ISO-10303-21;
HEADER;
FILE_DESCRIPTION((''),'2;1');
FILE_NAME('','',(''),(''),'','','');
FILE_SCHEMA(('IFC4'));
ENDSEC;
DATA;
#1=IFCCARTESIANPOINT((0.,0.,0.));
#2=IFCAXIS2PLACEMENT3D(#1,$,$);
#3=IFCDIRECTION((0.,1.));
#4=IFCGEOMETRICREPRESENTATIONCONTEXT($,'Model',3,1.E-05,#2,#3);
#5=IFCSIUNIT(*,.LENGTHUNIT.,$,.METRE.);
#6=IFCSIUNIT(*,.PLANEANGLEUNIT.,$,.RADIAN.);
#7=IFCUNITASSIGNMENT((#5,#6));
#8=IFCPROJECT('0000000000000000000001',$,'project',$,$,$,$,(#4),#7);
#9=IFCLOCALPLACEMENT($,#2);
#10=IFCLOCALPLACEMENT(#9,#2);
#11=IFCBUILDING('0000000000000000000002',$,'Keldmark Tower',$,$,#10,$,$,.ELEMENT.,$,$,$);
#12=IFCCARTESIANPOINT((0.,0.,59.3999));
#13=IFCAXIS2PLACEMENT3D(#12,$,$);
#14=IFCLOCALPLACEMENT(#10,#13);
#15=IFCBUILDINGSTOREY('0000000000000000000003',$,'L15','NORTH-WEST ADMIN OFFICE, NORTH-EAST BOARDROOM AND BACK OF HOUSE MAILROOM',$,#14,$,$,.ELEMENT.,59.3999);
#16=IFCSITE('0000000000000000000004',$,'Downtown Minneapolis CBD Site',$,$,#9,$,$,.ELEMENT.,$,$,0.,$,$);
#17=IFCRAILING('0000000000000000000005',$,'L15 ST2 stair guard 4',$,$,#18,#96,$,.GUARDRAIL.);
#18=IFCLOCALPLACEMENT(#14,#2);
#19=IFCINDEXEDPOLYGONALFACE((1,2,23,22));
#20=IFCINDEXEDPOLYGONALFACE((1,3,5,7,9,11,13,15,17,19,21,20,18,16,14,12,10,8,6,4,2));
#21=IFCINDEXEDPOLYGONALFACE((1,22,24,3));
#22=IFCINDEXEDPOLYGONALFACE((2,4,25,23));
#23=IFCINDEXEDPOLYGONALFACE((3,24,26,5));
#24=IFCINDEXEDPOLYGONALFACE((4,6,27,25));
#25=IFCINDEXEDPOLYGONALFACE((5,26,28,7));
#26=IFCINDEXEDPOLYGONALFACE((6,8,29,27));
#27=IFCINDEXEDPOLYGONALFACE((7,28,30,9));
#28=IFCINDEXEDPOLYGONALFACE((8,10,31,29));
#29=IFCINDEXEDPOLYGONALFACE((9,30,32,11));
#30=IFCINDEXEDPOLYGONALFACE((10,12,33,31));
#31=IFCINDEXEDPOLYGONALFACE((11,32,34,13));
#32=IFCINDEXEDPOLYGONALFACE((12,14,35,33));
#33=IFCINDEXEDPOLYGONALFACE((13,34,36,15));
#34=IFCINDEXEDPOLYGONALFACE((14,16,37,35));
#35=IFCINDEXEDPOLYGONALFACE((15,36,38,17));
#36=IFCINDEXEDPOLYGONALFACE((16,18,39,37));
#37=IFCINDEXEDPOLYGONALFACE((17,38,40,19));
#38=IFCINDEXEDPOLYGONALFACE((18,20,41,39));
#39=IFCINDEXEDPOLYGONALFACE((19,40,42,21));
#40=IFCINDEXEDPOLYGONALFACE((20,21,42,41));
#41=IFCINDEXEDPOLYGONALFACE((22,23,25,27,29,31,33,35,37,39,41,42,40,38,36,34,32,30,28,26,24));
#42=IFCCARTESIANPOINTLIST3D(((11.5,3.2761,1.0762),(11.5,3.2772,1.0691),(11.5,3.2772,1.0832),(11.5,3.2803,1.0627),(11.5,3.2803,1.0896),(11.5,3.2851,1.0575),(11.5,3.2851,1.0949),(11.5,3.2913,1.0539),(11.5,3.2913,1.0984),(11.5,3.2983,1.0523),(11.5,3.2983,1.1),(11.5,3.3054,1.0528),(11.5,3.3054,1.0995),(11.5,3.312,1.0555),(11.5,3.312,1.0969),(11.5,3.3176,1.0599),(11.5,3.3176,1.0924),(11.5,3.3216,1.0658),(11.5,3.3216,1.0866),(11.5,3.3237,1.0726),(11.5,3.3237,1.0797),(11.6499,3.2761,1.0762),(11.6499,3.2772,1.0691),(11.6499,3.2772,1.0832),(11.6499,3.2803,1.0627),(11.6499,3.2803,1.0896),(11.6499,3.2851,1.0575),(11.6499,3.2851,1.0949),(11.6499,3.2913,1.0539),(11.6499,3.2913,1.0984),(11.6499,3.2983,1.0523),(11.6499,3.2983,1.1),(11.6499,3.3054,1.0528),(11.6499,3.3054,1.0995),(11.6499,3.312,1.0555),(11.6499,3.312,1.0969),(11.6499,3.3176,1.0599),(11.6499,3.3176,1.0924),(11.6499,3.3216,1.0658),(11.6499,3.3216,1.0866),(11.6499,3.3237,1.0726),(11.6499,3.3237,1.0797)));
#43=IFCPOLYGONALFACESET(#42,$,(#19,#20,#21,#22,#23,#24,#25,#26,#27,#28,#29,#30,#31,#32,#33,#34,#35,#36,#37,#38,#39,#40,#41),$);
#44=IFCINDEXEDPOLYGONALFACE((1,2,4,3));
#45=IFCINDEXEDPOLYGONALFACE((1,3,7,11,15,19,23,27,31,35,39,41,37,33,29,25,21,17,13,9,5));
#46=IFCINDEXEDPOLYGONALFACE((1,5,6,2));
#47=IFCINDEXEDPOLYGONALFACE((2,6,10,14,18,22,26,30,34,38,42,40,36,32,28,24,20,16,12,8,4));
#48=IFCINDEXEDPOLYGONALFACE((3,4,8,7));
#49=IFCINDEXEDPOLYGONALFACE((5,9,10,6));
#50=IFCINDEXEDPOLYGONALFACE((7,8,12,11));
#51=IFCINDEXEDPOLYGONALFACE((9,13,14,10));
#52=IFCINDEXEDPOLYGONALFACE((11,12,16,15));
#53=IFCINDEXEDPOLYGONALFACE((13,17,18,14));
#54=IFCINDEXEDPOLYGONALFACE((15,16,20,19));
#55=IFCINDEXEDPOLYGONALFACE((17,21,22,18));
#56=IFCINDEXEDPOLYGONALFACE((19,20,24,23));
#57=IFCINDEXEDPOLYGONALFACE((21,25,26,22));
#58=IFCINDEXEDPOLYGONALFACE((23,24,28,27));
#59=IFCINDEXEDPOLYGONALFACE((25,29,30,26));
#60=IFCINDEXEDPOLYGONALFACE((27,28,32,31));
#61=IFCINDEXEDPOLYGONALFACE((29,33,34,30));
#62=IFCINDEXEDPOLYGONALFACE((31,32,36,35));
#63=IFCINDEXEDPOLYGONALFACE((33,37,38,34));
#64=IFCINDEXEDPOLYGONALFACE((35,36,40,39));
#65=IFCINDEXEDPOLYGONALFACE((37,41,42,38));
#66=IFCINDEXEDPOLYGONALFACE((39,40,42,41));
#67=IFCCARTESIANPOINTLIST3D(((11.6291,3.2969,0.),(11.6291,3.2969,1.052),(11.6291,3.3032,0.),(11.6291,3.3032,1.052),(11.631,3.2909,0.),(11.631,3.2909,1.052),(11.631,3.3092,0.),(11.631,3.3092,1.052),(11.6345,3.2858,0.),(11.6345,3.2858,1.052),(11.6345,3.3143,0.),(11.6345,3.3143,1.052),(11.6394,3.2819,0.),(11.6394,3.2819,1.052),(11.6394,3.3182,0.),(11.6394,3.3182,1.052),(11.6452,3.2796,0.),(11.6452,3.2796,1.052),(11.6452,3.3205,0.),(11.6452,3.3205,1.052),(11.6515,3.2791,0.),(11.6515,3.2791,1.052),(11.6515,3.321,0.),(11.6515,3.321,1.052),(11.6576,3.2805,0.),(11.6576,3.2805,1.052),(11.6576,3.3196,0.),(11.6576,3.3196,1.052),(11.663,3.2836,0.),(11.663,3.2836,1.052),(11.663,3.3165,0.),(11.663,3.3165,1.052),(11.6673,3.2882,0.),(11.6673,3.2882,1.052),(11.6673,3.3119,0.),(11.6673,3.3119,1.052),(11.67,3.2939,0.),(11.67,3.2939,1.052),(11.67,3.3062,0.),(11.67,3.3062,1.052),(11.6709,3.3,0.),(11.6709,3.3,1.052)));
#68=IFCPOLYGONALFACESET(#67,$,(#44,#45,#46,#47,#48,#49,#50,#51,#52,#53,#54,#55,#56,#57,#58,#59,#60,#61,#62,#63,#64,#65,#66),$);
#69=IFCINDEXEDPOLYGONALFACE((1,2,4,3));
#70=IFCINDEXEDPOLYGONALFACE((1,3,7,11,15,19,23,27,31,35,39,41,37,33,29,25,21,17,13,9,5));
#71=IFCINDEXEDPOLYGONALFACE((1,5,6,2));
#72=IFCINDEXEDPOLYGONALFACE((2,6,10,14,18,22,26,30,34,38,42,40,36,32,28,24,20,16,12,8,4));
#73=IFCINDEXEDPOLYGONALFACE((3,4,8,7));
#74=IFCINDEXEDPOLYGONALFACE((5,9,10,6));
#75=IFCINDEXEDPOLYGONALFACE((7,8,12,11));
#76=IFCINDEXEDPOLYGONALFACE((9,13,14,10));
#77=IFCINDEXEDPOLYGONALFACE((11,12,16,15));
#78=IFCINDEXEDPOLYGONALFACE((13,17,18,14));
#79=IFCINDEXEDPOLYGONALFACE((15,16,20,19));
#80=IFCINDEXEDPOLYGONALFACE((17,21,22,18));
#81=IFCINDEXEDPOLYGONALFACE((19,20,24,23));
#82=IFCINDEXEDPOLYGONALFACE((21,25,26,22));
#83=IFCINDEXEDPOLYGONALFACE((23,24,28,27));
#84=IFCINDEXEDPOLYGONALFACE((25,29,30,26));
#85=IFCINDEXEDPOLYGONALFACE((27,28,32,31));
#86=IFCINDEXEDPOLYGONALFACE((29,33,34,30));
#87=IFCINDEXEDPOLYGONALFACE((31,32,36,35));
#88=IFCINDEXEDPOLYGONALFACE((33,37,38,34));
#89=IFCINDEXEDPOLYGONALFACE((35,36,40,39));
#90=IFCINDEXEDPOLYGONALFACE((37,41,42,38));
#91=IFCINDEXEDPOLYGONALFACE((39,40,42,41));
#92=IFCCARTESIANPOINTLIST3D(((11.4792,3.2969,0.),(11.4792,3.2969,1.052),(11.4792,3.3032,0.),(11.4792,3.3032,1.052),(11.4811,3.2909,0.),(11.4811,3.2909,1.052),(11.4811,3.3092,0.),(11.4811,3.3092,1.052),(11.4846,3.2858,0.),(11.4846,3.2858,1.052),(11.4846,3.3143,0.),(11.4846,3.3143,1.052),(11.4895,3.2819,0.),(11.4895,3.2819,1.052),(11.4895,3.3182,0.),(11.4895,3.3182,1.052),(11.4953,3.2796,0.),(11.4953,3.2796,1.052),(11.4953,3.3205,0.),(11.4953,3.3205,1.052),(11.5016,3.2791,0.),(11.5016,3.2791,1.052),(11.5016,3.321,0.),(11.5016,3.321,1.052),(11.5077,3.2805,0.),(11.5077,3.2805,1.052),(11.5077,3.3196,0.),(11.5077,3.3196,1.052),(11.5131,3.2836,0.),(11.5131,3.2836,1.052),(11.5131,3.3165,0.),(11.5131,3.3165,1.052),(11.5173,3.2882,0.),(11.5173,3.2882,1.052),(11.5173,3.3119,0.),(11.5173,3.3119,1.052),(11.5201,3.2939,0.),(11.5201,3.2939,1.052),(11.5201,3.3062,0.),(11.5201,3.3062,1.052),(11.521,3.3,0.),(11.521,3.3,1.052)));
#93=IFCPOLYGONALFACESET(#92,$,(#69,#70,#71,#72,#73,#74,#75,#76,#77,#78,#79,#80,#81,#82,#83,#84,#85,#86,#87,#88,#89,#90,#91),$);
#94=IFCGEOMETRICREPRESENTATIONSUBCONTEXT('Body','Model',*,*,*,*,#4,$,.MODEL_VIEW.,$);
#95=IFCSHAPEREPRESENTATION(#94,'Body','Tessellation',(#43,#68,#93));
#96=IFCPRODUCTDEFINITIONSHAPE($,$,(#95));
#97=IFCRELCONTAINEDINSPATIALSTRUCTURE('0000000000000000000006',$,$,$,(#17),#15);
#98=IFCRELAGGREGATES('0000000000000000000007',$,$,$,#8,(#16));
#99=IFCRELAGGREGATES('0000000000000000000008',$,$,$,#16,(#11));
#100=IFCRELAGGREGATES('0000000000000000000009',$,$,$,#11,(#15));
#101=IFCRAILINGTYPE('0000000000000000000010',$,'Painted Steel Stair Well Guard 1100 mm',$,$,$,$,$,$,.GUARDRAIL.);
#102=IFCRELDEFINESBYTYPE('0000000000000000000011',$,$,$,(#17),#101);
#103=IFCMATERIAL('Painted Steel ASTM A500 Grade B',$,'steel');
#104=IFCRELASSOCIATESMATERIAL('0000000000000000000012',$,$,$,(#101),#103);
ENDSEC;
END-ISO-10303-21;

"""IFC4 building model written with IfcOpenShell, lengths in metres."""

from ifc_helpers import new_model, si_unit, direction, frame, origin, origin_2d, place, context, subcontext, project, spatial, circle, extrude, material, type_object, element, save


model = new_model("IFC4")

# Units and contexts
model_context = context("Model", 3, precision=1e-05, world=origin(), true_north=direction((0.0, 1.0)))
body_context = subcontext(model_context, "Body", "Model", "MODEL_VIEW")
ifc_project = project(units=[si_unit("LENGTHUNIT", "METRE"), si_unit("PLANEANGLEUNIT", "RADIAN")], contexts=[model_context])

# Site, building, storey
site_placement = place(None, origin())
site = spatial("IfcSite", under=ifc_project, at=site_placement, Name="Downtown Minneapolis CBD Site", CompositionType="ELEMENT", RefElevation=0.0)
building_placement = place(site_placement, origin())
building = spatial("IfcBuilding", under=site, at=building_placement, Name="Keldmark Tower", CompositionType="ELEMENT")
storey_placement = place(building_placement, frame((0.0, 0.0, 59.3999)))
storey = spatial("IfcBuildingStorey", under=building, at=storey_placement, Name="L15", Description="NORTH-WEST ADMIN OFFICE, NORTH-EAST BOARDROOM AND BACK OF HOUSE MAILROOM", CompositionType="ELEMENT", Elevation=59.3999)

# Railing
ifc_material_1 = material(Name="Painted Steel ASTM A500 Grade B", Category="steel")
railing_type_1 = type_object("IfcRailingType", Name="Painted Steel Stair Well Guard 1100 mm", PredefinedType="GUARDRAIL", material=ifc_material_1)
railing_1_placement = place(storey_placement, frame((11.6499, 3.3, 0.0)))
element("IfcRailing", 1, at=railing_1_placement, inside=storey, type_object=railing_type_1, Name="L15 ST2 stair guard 4", PredefinedType="GUARDRAIL", context=body_context, shape_type="SweptSolid", body=[
    extrude(circle(Radius=0.0239, at=origin_2d()), frame((0.0, 0.0, 1.0762), z_axis=(-1.0, 0.0, 0.0), x_axis=(0.0, -1.0, 0.0)), (0.0, 0.0, 1.0), 0.1499),
    extrude(circle(Radius=0.021, at=origin_2d()), origin(), (0.0, 0.0, 1.0), 1.052),
    extrude(circle(Radius=0.021, at=origin_2d()), frame((-0.1499, 0.0, 0.0)), (0.0, 0.0, 1.0), 1.052),
])

save(model, "model.ifc")
